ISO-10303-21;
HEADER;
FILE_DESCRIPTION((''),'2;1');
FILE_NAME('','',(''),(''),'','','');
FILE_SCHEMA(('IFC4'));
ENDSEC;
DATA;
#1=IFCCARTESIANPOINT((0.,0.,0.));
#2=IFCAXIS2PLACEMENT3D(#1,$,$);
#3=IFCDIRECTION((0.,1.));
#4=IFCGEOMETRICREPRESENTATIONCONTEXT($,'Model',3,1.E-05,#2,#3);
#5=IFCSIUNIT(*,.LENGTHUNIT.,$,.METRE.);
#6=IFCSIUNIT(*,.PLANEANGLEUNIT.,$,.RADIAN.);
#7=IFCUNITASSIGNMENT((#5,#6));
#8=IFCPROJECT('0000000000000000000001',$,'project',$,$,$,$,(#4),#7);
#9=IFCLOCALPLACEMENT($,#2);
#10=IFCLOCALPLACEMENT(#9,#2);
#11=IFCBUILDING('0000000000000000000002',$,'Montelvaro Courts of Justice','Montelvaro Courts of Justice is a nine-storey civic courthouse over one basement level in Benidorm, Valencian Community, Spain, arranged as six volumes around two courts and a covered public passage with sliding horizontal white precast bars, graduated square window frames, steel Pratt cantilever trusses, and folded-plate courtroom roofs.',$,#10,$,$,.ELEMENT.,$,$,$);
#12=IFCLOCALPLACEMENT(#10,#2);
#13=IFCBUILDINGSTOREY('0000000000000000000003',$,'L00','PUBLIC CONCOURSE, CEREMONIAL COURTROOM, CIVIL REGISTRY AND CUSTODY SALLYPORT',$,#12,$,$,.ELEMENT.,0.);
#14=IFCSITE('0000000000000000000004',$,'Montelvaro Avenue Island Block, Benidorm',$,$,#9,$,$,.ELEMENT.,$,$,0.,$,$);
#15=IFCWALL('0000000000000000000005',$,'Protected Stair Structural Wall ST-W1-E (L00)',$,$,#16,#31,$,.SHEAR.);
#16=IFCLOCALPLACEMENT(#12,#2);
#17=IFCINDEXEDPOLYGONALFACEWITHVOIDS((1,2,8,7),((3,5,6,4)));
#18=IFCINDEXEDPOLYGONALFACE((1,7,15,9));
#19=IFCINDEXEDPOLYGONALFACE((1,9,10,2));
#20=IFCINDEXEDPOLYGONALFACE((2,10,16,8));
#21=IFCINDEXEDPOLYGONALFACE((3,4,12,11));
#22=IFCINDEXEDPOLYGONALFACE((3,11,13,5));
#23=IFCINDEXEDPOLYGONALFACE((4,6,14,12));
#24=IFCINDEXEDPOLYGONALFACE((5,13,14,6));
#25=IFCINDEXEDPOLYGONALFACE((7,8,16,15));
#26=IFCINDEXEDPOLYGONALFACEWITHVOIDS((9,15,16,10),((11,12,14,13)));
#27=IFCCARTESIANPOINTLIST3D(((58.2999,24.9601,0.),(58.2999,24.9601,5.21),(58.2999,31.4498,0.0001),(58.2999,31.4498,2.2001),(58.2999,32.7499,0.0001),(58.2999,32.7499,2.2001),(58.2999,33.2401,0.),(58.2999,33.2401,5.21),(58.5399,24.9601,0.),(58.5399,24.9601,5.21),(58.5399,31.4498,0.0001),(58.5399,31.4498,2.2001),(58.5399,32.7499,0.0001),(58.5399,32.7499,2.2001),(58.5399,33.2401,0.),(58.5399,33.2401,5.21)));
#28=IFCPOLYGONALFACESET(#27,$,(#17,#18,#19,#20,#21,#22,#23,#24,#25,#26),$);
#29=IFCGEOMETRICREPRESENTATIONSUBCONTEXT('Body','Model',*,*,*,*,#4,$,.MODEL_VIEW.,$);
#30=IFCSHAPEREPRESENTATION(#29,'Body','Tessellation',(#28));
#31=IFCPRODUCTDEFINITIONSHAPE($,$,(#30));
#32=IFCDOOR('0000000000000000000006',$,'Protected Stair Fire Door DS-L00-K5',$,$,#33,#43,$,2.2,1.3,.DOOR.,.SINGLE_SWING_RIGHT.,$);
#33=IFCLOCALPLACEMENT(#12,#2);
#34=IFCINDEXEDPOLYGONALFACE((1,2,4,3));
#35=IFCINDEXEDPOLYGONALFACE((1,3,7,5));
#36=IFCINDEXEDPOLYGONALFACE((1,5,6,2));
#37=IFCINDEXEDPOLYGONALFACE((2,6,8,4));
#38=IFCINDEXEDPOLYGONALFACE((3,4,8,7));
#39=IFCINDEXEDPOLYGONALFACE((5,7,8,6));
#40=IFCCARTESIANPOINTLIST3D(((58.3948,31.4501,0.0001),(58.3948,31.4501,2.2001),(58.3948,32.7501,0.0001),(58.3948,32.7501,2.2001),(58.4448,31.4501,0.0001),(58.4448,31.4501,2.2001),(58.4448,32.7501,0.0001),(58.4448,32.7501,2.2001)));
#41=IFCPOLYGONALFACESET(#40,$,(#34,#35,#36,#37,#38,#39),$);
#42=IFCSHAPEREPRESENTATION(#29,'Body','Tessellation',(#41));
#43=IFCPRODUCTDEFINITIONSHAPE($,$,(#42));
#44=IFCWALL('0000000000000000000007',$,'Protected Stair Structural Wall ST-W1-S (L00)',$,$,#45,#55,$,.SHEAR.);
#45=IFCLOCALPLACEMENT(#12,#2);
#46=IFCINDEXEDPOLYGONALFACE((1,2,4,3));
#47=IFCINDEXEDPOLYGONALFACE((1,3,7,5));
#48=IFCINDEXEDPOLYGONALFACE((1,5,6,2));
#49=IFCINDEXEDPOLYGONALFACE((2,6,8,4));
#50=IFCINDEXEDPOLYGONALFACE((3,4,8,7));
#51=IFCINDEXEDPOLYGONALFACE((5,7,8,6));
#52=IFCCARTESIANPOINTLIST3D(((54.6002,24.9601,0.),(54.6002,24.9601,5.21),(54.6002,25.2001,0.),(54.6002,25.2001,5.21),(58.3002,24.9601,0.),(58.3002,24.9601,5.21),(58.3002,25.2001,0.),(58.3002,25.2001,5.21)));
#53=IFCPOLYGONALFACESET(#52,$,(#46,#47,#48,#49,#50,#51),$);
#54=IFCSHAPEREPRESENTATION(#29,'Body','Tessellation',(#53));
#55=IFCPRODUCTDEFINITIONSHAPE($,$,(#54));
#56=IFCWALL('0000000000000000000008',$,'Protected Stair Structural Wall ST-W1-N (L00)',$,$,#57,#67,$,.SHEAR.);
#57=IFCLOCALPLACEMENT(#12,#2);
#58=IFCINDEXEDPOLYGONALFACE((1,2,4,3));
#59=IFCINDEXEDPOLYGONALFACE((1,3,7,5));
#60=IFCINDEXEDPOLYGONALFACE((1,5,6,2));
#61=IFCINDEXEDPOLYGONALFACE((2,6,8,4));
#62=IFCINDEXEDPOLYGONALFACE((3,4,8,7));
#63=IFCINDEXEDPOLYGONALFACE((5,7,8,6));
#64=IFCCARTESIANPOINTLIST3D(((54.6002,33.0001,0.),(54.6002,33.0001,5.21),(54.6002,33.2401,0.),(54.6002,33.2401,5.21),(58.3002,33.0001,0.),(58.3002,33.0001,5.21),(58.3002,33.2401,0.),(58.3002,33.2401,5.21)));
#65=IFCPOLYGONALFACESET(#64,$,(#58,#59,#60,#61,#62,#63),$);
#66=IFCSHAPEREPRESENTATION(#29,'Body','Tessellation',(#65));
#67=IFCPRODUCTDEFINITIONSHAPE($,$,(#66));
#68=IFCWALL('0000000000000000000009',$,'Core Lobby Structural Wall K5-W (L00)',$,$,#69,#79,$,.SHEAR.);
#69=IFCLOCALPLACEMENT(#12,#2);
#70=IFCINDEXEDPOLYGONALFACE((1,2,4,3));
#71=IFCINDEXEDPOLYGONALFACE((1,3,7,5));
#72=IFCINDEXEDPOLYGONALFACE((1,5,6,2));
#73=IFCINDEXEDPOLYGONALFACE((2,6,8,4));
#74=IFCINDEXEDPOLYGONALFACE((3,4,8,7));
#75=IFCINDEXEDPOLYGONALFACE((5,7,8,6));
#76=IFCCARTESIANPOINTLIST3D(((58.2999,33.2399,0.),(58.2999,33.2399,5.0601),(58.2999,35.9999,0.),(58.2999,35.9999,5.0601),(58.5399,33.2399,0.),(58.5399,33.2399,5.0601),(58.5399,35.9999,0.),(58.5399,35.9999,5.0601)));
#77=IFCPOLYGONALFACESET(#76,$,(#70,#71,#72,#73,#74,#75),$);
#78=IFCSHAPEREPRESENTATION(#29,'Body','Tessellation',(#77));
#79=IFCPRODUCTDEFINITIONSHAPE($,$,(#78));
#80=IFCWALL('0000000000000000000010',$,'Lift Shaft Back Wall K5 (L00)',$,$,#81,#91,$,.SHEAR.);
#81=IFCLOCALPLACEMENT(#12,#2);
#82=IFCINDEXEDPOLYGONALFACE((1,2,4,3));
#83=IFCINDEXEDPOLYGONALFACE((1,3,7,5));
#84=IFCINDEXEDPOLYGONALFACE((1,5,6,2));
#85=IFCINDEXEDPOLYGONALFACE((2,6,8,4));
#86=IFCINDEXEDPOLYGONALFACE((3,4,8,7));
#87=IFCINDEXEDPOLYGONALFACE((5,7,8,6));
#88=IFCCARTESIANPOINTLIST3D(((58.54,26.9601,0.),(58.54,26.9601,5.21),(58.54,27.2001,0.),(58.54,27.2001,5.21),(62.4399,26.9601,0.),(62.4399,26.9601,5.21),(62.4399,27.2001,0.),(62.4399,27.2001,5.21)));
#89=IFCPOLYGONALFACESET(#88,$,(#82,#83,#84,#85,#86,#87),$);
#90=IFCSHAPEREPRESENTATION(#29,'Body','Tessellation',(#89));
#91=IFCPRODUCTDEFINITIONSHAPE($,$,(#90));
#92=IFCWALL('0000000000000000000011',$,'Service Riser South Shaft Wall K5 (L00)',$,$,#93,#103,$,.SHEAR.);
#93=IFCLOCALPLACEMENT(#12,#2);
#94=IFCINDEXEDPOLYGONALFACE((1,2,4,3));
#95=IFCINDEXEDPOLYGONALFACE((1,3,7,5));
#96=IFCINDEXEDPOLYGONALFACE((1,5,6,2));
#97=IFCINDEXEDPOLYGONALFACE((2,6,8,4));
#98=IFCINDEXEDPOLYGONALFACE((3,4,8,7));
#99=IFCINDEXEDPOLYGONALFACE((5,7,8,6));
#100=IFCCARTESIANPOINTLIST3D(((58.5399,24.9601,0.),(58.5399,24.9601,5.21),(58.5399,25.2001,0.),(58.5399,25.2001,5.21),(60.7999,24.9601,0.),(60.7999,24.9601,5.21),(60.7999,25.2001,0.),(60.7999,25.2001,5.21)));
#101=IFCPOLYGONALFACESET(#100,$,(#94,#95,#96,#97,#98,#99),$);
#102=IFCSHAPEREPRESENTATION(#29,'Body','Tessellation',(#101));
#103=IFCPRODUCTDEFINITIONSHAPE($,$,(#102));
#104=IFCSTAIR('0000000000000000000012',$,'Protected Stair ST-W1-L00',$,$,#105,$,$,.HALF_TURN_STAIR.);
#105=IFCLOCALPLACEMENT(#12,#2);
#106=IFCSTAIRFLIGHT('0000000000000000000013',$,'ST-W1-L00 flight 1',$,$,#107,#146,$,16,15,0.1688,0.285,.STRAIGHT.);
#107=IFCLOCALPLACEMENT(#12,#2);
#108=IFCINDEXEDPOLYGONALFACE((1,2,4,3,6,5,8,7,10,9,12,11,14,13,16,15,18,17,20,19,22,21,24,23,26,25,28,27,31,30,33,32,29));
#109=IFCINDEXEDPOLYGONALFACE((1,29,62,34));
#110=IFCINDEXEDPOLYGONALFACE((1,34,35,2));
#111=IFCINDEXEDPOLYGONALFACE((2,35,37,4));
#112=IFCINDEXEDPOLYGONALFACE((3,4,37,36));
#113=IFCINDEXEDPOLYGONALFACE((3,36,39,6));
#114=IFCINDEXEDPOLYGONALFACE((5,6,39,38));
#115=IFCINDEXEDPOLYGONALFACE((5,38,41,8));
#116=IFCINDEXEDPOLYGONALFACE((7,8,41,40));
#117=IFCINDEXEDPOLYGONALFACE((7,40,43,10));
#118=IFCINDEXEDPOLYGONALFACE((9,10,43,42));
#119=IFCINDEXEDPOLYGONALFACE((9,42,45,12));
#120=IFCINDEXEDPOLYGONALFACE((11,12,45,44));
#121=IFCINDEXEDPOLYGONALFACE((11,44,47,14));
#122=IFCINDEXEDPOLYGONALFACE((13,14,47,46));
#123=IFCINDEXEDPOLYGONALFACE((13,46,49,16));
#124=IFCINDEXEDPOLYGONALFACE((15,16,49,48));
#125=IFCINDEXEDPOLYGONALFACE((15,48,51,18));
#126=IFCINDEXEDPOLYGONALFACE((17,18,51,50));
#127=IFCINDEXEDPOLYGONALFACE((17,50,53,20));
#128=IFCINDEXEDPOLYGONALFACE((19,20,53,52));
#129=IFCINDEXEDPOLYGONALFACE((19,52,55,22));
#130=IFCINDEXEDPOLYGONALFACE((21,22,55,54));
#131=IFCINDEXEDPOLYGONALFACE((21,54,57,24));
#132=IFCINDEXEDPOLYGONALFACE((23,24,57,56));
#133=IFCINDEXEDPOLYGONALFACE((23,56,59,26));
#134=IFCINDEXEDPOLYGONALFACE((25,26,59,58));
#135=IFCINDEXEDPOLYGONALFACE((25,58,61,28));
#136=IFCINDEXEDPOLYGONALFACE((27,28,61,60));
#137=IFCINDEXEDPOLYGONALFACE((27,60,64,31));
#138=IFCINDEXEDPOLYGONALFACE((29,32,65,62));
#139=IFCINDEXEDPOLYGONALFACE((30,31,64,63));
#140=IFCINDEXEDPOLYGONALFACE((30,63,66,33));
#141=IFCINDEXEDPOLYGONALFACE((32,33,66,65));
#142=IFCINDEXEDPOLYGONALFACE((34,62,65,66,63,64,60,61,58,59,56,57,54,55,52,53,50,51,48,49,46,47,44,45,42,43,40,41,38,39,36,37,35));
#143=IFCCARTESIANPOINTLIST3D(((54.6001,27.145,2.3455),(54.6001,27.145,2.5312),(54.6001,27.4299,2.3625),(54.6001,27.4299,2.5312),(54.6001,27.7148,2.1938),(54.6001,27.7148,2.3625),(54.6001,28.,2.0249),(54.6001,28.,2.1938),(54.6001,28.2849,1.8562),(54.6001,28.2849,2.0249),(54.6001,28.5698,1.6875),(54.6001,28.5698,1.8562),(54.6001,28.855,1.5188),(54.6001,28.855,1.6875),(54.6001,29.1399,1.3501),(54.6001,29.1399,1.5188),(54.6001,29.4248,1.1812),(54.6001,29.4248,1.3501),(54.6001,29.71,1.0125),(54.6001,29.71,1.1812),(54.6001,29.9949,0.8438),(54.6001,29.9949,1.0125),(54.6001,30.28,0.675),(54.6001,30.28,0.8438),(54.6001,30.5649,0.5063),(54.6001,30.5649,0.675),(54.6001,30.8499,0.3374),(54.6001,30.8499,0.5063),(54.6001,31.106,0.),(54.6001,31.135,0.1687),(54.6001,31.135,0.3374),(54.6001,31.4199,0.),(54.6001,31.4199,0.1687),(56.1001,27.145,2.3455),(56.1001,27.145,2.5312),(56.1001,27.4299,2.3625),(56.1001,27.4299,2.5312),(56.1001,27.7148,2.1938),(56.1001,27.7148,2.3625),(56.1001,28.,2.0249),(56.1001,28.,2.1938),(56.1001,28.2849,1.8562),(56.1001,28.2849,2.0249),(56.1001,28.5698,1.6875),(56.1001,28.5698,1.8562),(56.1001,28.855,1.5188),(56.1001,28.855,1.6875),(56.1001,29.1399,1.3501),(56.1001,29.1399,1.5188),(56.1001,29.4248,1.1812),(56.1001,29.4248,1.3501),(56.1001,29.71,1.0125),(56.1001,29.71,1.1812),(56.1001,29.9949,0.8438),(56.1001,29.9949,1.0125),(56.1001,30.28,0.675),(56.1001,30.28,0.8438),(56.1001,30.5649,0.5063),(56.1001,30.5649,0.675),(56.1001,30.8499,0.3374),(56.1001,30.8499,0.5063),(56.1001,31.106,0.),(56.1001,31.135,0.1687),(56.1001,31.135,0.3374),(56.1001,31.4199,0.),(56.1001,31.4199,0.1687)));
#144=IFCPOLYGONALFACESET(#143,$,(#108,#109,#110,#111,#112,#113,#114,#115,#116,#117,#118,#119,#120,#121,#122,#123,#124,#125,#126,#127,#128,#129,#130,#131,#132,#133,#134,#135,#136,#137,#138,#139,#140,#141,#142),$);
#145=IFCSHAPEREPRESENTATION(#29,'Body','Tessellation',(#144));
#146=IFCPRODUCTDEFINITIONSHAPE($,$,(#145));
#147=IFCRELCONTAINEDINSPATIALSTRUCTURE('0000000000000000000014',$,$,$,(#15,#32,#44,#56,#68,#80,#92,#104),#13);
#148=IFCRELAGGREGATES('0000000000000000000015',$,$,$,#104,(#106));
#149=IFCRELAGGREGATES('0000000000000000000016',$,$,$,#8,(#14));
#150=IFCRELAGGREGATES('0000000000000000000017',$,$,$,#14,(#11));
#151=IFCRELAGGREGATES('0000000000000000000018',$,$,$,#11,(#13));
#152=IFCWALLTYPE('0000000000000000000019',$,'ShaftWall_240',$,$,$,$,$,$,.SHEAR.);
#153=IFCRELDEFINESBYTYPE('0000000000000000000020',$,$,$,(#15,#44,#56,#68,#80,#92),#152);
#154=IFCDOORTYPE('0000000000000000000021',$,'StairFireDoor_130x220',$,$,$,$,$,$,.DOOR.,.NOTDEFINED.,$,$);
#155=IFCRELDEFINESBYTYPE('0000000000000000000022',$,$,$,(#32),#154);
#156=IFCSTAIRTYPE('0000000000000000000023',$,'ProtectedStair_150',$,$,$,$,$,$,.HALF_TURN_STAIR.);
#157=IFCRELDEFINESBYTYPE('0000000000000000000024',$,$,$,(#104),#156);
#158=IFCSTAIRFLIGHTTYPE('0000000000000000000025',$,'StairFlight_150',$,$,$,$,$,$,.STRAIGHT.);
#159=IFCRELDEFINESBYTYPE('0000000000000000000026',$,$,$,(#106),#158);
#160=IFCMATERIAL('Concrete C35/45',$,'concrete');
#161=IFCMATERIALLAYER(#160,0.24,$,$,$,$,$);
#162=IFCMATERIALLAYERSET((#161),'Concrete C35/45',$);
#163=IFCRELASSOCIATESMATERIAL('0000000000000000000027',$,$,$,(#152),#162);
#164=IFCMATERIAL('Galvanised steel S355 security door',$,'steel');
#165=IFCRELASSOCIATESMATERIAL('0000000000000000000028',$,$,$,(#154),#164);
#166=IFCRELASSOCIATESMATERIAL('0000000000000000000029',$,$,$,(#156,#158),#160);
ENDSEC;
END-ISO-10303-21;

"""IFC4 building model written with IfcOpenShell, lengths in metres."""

from ifc_helpers import new_model, si_unit, direction, frame, frame_2d, origin, place, context, subcontext, project, spatial, polyline, rectangle, outline, extrude, material, layer, layer_set, type_object, element, fill, aggregate, save


model = new_model("IFC4")

# Units and contexts
model_context = context("Model", 3, precision=1e-05, world=origin(), true_north=direction((0.0, 1.0)))
body_context = subcontext(model_context, "Body", "Model", "MODEL_VIEW")
ifc_project = project(units=[si_unit("LENGTHUNIT", "METRE"), si_unit("PLANEANGLEUNIT", "RADIAN")], contexts=[model_context])

# Site, building, storey
site_placement = place(None, origin())
site = spatial("IfcSite", under=ifc_project, at=site_placement, Name="Montelvaro Avenue Island Block, Benidorm", CompositionType="ELEMENT", RefElevation=0.0)
building_placement = place(site_placement, origin())
building = spatial("IfcBuilding", under=site, at=building_placement, Name="Montelvaro Courts of Justice", Description="Montelvaro Courts of Justice is a nine-storey civic courthouse over one basement level in Benidorm, Valencian Community, Spain, arranged as six volumes around two courts and a covered public passage with sliding horizontal white precast bars, graduated square window frames, steel Pratt cantilever trusses, and folded-plate courtroom roofs.", CompositionType="ELEMENT")
storey_placement = place(building_placement, origin())
storey = spatial("IfcBuildingStorey", under=building, at=storey_placement, Name="L00", Description="PUBLIC CONCOURSE, CEREMONIAL COURTROOM, CIVIL REGISTRY AND CUSTODY SALLYPORT", CompositionType="ELEMENT", Elevation=0.0)

# Shared definitions
ifc_material_1 = material(Name="Galvanised steel S355 security door", Category="steel")

# Shared definitions
ifc_material_2 = material(Name="Concrete C35/45", Category="concrete")
ifc_layer_1 = layer(ifc_material_2, 0.24)
ifc_layer_set_1 = layer_set([ifc_layer_1], Name="Concrete C35/45")
wall_type_1 = type_object("IfcWallType", Name="ShaftWall_240", PredefinedType="SHEAR", material=ifc_layer_set_1)

# Wall, opening, door
wall_1_placement = place(storey_placement, frame((58.4199, 24.96, 0.0), z_axis=(0.0, 0.0, 1.0), x_axis=(0.0, 1.0, 0.0)))
wall_1 = element("IfcWall", 1, at=wall_1_placement, inside=storey, type_object=wall_type_1, Name="Protected Stair Structural Wall ST-W1-E (L00)", PredefinedType="SHEAR", context=body_context, shape_type="SweptSolid", body=[
    extrude(rectangle(XDim=8.28, YDim=0.24, at=frame_2d((4.1401, 0.0))), origin(), (0.0, 0.0, 1.0), 5.21),
])
opening_1_placement = place(wall_1_placement, frame((6.49, 0.0, 0.0)))
opening_1 = element("IfcOpeningElement", 2, at=opening_1_placement, cuts=wall_1, PredefinedType="OPENING", context=body_context, shape_type="SweptSolid", body=[
    extrude(rectangle(XDim=1.3, YDim=2.2, at=frame_2d((0.6499, 1.1001))), frame((0.0, 0.1348, 0.0), z_axis=(0.0, -1.0, 0.0), x_axis=(1.0, 0.0, 0.0)), (0.0, 0.0, 1.0), 0.2698),
])
door_type_1 = type_object("IfcDoorType", Name="StairFireDoor_130x220", OperationType="NOTDEFINED", PredefinedType="DOOR", material=ifc_material_1)
door_1_placement = place(opening_1_placement, frame((1.3, 0.0, 0.0), z_axis=(0.0, 0.0, 1.0), x_axis=(-1.0, 0.0, 0.0)))
door_1 = element("IfcDoor", 3, at=door_1_placement, inside=storey, type_object=door_type_1, Name="Protected Stair Fire Door DS-L00-K5", OperationType="SINGLE_SWING_RIGHT", OverallHeight=2.2, OverallWidth=1.3, PredefinedType="DOOR", context=body_context, shape_type="SweptSolid", body=[
    extrude(rectangle(XDim=1.3, YDim=2.2, at=frame_2d((0.6499, 1.1001))), frame((0.0, 0.0249, 0.0), z_axis=(0.0, -1.0, 0.0), x_axis=(1.0, 0.0, 0.0)), (0.0, 0.0, 1.0), 0.05),
])
fill(opening_1, door_1)

# Walls
for number, where, z_axis, x_axis, name in (
    (4, (54.6001, 25.0801, 0.0), (0.0, 0.0, 1.0), (1.0, 0.0, 0.0), "Protected Stair Structural Wall ST-W1-S (L00)"),
    (5, (54.6001, 33.1201, 0.0), (0.0, 0.0, 1.0), (1.0, 0.0, 0.0), "Protected Stair Structural Wall ST-W1-N (L00)"),
):
    element("IfcWall", number, at=place(storey_placement, frame(where, z_axis=z_axis, x_axis=x_axis)), inside=storey, type_object=wall_type_1, Name=name, PredefinedType="SHEAR", context=body_context, shape_type="SweptSolid", body=[
        extrude(rectangle(XDim=3.7, YDim=0.24, at=frame_2d((1.8501, 0.0))), origin(), (0.0, 0.0, 1.0), 5.21),
    ])
wall_2_placement = place(storey_placement, frame((58.4199, 33.24, 0.0), z_axis=(0.0, 0.0, 1.0), x_axis=(0.0, 1.0, 0.0)))
element("IfcWall", 6, at=wall_2_placement, inside=storey, type_object=wall_type_1, Name="Core Lobby Structural Wall K5-W (L00)", PredefinedType="SHEAR", context=body_context, shape_type="SweptSolid", body=[
    extrude(rectangle(XDim=2.76, YDim=0.24, at=frame_2d((1.3799, 0.0))), origin(), (0.0, 0.0, 1.0), 5.0601),
])
wall_3_placement = place(storey_placement, frame((58.54, 27.0801, 0.0), z_axis=(0.0, 0.0, 1.0), x_axis=(1.0, 0.0, 0.0)))
element("IfcWall", 7, at=wall_3_placement, inside=storey, type_object=wall_type_1, Name="Lift Shaft Back Wall K5 (L00)", PredefinedType="SHEAR", context=body_context, shape_type="SweptSolid", body=[
    extrude(rectangle(XDim=3.8999, YDim=0.24, at=frame_2d((1.95, 0.0))), origin(), (0.0, 0.0, 1.0), 5.21),
])
wall_4_placement = place(storey_placement, frame((58.54, 25.0801, 0.0), z_axis=(0.0, 0.0, 1.0), x_axis=(1.0, 0.0, 0.0)))
element("IfcWall", 8, at=wall_4_placement, inside=storey, type_object=wall_type_1, Name="Service Riser South Shaft Wall K5 (L00)", PredefinedType="SHEAR", context=body_context, shape_type="SweptSolid", body=[
    extrude(rectangle(XDim=2.26, YDim=0.24, at=frame_2d((1.1299, 0.0))), origin(), (0.0, 0.0, 1.0), 5.21),
])

# Stair, stair flight
stair_type = type_object("IfcStairType", Name="ProtectedStair_150", PredefinedType="HALF_TURN_STAIR", material=ifc_material_2)
stair_placement = place(storey_placement, origin())
stair = element("IfcStair", 9, at=stair_placement, inside=storey, type_object=stair_type, Name="Protected Stair ST-W1-L00", PredefinedType="HALF_TURN_STAIR")
stair_flight_type = type_object("IfcStairFlightType", Name="StairFlight_150", PredefinedType="STRAIGHT", material=ifc_material_2)
stair_flight_1_placement = place(storey_placement, frame((55.3501, 31.4199, 0.0), z_axis=(0.0, 0.0, 1.0), x_axis=(0.0, -1.0, 0.0)))
stair_flight_1 = element("IfcStairFlight", 10, at=stair_flight_1_placement, type_object=stair_flight_type, Name="ST-W1-L00 flight 1", NumberOfRisers=16, NumberOfTreads=15, PredefinedType="STRAIGHT", RiserHeight=0.1688, TreadLength=0.285, context=body_context, shape_type="SweptSolid", body=[
    extrude(outline(polyline([(0.0, 0.0), (0.0, 0.1687), (0.2849, 0.1687), (0.2849, 0.3374), (0.5701, 0.3374), (0.5701, 0.5063), (0.855, 0.5063), (0.855, 0.675), (1.1399, 0.675), (1.1399, 0.8438), (1.425, 0.8438), (1.425, 1.0125), (1.71, 1.0125), (1.71, 1.1812), (1.9951, 1.1812), (1.9951, 1.3501), (2.28, 1.3501), (2.28, 1.5188), (2.5649, 1.5188), (2.5649, 1.6875), (2.8501, 1.6875), (2.8501, 1.8562), (3.135, 1.8562), (3.135, 2.0249), (3.4199, 2.0249), (3.4199, 2.1938), (3.7051, 2.1938), (3.7051, 2.3625), (3.99, 2.3625), (3.99, 2.5312), (4.2749, 2.5312), (4.2749, 2.7), (4.2749, 2.3455), (0.314, 0.0), (0.0, 0.0)])), frame((0.0, 0.75, 0.0), z_axis=(0.0, -1.0, 0.0), x_axis=(1.0, 0.0, 0.0)), (0.0, 0.0, 1.0), 1.5),
])
aggregate(stair, [stair_flight_1])

save(model, "model.ifc")
